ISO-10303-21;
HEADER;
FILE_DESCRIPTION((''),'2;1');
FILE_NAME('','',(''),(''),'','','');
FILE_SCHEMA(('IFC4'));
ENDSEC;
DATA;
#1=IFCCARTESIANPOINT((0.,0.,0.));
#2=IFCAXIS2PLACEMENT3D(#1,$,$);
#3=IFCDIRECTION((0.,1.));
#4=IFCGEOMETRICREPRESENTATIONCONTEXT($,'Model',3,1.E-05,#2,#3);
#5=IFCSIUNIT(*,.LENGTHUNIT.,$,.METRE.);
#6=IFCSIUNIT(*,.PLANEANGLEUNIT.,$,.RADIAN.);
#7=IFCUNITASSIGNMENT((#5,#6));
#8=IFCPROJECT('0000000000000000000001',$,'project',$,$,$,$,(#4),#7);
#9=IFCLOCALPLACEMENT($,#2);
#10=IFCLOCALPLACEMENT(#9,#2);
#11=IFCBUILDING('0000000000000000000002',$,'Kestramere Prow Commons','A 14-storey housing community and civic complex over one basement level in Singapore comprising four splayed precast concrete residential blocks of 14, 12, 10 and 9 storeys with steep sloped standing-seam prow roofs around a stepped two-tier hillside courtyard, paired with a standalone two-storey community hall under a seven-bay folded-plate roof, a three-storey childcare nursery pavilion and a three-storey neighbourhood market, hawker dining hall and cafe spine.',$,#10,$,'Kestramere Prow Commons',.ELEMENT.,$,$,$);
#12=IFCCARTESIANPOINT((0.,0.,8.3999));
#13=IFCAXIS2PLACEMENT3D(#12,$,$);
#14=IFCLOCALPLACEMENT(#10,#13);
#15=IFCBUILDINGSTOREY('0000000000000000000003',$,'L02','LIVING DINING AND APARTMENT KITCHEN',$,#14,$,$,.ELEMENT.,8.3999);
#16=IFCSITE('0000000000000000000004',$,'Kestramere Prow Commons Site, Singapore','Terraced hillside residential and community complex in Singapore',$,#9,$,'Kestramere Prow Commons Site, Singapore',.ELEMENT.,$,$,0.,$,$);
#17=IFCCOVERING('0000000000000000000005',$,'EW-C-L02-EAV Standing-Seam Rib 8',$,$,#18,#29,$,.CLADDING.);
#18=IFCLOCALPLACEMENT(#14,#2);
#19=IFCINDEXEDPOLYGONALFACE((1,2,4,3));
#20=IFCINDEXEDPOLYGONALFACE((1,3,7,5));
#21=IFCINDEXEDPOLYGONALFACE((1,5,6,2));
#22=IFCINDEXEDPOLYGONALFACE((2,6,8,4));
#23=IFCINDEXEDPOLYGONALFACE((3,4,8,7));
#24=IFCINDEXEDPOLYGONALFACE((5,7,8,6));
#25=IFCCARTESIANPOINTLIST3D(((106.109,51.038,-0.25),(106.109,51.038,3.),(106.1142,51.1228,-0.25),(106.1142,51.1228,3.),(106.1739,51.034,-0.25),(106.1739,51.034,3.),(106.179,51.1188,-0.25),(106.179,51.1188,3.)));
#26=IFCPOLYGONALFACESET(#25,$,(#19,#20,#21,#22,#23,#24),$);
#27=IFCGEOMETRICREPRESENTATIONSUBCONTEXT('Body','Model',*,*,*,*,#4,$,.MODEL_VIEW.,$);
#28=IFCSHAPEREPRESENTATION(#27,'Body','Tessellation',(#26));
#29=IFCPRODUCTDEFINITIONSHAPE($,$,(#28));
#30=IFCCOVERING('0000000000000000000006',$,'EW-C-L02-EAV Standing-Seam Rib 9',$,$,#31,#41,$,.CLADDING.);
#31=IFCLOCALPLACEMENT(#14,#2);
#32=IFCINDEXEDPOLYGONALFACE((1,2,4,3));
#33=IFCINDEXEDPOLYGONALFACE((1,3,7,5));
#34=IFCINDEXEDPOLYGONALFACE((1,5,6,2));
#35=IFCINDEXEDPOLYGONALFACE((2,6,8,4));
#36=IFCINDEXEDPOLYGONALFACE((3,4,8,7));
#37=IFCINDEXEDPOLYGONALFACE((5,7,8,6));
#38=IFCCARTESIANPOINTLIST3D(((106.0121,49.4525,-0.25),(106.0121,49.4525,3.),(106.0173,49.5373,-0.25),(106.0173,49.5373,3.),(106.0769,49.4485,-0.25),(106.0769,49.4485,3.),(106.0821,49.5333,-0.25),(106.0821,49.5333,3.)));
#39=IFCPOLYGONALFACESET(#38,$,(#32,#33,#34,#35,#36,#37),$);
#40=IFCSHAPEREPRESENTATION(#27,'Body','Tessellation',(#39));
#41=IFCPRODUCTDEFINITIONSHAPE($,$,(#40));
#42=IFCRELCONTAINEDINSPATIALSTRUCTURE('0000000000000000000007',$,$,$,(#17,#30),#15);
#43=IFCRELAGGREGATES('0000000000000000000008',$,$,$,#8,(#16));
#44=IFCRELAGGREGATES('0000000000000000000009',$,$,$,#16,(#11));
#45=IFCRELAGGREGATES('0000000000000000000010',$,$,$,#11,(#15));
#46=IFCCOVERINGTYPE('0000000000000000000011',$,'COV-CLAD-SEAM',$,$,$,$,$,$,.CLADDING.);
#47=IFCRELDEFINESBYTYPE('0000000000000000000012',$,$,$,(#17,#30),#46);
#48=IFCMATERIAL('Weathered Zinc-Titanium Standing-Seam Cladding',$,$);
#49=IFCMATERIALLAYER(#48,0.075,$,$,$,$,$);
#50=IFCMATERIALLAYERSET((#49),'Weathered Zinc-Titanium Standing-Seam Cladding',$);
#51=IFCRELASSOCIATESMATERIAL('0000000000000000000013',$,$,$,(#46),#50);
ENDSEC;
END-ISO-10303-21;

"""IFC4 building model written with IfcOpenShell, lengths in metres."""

from ifc_helpers import new_model, si_unit, direction, frame, origin, origin_2d, place, context, subcontext, project, spatial, rectangle, extrude, material, layer, layer_set, type_object, element, save


model = new_model("IFC4")

# Units and contexts
model_context = context("Model", 3, precision=1e-05, world=origin(), true_north=direction((0.0, 1.0)))
body_context = subcontext(model_context, "Body", "Model", "MODEL_VIEW")
ifc_project = project(units=[si_unit("LENGTHUNIT", "METRE"), si_unit("PLANEANGLEUNIT", "RADIAN")], contexts=[model_context])

# Site, building, storey
site_placement = place(None, origin())
site = spatial("IfcSite", under=ifc_project, at=site_placement, Name="Kestramere Prow Commons Site, Singapore", Description="Terraced hillside residential and community complex in Singapore", LongName="Kestramere Prow Commons Site, Singapore", CompositionType="ELEMENT", RefElevation=0.0)
building_placement = place(site_placement, origin())
building = spatial("IfcBuilding", under=site, at=building_placement, Name="Kestramere Prow Commons", Description="A 14-storey housing community and civic complex over one basement level in Singapore comprising four splayed precast concrete residential blocks of 14, 12, 10 and 9 storeys with steep sloped standing-seam prow roofs around a stepped two-tier hillside courtyard, paired with a standalone two-storey community hall under a seven-bay folded-plate roof, a three-storey childcare nursery pavilion and a three-storey neighbourhood market, hawker dining hall and cafe spine.", LongName="Kestramere Prow Commons", CompositionType="ELEMENT")
storey_placement = place(building_placement, frame((0.0, 0.0, 8.3999)))
storey = spatial("IfcBuildingStorey", under=building, at=storey_placement, Name="L02", Description="LIVING DINING AND APARTMENT KITCHEN", CompositionType="ELEMENT", Elevation=8.3999)

# Coverings
ifc_material_1 = material(Name="Weathered Zinc-Titanium Standing-Seam Cladding")
ifc_layer_1 = layer(ifc_material_1, 0.075)
ifc_layer_set_1 = layer_set([ifc_layer_1], Name="Weathered Zinc-Titanium Standing-Seam Cladding")
covering_type = type_object("IfcCoveringType", Name="COV-CLAD-SEAM", PredefinedType="CLADDING", material=ifc_layer_set_1)
for number, where, z_axis, x_axis, name in (
    (1, (106.144, 51.0784, -0.25), (0.0, 0.0, 1.0), (-0.061049, -0.998135, 0.0), "EW-C-L02-EAV Standing-Seam Rib 8"),
    (2, (106.0471, 49.4929, -0.25), (0.0, 0.0, 1.0), (-0.061049, -0.998135, 0.0), "EW-C-L02-EAV Standing-Seam Rib 9"),
):
    element("IfcCovering", number, at=place(storey_placement, frame(where, z_axis=z_axis, x_axis=x_axis)), inside=storey, type_object=covering_type, Name=name, PredefinedType="CLADDING", context=body_context, shape_type="SweptSolid", body=[
        extrude(rectangle(XDim=0.085, YDim=0.0649, at=origin_2d()), origin(), (0.0, 0.0, 1.0), 3.25),
    ])

save(model, "model.ifc")
